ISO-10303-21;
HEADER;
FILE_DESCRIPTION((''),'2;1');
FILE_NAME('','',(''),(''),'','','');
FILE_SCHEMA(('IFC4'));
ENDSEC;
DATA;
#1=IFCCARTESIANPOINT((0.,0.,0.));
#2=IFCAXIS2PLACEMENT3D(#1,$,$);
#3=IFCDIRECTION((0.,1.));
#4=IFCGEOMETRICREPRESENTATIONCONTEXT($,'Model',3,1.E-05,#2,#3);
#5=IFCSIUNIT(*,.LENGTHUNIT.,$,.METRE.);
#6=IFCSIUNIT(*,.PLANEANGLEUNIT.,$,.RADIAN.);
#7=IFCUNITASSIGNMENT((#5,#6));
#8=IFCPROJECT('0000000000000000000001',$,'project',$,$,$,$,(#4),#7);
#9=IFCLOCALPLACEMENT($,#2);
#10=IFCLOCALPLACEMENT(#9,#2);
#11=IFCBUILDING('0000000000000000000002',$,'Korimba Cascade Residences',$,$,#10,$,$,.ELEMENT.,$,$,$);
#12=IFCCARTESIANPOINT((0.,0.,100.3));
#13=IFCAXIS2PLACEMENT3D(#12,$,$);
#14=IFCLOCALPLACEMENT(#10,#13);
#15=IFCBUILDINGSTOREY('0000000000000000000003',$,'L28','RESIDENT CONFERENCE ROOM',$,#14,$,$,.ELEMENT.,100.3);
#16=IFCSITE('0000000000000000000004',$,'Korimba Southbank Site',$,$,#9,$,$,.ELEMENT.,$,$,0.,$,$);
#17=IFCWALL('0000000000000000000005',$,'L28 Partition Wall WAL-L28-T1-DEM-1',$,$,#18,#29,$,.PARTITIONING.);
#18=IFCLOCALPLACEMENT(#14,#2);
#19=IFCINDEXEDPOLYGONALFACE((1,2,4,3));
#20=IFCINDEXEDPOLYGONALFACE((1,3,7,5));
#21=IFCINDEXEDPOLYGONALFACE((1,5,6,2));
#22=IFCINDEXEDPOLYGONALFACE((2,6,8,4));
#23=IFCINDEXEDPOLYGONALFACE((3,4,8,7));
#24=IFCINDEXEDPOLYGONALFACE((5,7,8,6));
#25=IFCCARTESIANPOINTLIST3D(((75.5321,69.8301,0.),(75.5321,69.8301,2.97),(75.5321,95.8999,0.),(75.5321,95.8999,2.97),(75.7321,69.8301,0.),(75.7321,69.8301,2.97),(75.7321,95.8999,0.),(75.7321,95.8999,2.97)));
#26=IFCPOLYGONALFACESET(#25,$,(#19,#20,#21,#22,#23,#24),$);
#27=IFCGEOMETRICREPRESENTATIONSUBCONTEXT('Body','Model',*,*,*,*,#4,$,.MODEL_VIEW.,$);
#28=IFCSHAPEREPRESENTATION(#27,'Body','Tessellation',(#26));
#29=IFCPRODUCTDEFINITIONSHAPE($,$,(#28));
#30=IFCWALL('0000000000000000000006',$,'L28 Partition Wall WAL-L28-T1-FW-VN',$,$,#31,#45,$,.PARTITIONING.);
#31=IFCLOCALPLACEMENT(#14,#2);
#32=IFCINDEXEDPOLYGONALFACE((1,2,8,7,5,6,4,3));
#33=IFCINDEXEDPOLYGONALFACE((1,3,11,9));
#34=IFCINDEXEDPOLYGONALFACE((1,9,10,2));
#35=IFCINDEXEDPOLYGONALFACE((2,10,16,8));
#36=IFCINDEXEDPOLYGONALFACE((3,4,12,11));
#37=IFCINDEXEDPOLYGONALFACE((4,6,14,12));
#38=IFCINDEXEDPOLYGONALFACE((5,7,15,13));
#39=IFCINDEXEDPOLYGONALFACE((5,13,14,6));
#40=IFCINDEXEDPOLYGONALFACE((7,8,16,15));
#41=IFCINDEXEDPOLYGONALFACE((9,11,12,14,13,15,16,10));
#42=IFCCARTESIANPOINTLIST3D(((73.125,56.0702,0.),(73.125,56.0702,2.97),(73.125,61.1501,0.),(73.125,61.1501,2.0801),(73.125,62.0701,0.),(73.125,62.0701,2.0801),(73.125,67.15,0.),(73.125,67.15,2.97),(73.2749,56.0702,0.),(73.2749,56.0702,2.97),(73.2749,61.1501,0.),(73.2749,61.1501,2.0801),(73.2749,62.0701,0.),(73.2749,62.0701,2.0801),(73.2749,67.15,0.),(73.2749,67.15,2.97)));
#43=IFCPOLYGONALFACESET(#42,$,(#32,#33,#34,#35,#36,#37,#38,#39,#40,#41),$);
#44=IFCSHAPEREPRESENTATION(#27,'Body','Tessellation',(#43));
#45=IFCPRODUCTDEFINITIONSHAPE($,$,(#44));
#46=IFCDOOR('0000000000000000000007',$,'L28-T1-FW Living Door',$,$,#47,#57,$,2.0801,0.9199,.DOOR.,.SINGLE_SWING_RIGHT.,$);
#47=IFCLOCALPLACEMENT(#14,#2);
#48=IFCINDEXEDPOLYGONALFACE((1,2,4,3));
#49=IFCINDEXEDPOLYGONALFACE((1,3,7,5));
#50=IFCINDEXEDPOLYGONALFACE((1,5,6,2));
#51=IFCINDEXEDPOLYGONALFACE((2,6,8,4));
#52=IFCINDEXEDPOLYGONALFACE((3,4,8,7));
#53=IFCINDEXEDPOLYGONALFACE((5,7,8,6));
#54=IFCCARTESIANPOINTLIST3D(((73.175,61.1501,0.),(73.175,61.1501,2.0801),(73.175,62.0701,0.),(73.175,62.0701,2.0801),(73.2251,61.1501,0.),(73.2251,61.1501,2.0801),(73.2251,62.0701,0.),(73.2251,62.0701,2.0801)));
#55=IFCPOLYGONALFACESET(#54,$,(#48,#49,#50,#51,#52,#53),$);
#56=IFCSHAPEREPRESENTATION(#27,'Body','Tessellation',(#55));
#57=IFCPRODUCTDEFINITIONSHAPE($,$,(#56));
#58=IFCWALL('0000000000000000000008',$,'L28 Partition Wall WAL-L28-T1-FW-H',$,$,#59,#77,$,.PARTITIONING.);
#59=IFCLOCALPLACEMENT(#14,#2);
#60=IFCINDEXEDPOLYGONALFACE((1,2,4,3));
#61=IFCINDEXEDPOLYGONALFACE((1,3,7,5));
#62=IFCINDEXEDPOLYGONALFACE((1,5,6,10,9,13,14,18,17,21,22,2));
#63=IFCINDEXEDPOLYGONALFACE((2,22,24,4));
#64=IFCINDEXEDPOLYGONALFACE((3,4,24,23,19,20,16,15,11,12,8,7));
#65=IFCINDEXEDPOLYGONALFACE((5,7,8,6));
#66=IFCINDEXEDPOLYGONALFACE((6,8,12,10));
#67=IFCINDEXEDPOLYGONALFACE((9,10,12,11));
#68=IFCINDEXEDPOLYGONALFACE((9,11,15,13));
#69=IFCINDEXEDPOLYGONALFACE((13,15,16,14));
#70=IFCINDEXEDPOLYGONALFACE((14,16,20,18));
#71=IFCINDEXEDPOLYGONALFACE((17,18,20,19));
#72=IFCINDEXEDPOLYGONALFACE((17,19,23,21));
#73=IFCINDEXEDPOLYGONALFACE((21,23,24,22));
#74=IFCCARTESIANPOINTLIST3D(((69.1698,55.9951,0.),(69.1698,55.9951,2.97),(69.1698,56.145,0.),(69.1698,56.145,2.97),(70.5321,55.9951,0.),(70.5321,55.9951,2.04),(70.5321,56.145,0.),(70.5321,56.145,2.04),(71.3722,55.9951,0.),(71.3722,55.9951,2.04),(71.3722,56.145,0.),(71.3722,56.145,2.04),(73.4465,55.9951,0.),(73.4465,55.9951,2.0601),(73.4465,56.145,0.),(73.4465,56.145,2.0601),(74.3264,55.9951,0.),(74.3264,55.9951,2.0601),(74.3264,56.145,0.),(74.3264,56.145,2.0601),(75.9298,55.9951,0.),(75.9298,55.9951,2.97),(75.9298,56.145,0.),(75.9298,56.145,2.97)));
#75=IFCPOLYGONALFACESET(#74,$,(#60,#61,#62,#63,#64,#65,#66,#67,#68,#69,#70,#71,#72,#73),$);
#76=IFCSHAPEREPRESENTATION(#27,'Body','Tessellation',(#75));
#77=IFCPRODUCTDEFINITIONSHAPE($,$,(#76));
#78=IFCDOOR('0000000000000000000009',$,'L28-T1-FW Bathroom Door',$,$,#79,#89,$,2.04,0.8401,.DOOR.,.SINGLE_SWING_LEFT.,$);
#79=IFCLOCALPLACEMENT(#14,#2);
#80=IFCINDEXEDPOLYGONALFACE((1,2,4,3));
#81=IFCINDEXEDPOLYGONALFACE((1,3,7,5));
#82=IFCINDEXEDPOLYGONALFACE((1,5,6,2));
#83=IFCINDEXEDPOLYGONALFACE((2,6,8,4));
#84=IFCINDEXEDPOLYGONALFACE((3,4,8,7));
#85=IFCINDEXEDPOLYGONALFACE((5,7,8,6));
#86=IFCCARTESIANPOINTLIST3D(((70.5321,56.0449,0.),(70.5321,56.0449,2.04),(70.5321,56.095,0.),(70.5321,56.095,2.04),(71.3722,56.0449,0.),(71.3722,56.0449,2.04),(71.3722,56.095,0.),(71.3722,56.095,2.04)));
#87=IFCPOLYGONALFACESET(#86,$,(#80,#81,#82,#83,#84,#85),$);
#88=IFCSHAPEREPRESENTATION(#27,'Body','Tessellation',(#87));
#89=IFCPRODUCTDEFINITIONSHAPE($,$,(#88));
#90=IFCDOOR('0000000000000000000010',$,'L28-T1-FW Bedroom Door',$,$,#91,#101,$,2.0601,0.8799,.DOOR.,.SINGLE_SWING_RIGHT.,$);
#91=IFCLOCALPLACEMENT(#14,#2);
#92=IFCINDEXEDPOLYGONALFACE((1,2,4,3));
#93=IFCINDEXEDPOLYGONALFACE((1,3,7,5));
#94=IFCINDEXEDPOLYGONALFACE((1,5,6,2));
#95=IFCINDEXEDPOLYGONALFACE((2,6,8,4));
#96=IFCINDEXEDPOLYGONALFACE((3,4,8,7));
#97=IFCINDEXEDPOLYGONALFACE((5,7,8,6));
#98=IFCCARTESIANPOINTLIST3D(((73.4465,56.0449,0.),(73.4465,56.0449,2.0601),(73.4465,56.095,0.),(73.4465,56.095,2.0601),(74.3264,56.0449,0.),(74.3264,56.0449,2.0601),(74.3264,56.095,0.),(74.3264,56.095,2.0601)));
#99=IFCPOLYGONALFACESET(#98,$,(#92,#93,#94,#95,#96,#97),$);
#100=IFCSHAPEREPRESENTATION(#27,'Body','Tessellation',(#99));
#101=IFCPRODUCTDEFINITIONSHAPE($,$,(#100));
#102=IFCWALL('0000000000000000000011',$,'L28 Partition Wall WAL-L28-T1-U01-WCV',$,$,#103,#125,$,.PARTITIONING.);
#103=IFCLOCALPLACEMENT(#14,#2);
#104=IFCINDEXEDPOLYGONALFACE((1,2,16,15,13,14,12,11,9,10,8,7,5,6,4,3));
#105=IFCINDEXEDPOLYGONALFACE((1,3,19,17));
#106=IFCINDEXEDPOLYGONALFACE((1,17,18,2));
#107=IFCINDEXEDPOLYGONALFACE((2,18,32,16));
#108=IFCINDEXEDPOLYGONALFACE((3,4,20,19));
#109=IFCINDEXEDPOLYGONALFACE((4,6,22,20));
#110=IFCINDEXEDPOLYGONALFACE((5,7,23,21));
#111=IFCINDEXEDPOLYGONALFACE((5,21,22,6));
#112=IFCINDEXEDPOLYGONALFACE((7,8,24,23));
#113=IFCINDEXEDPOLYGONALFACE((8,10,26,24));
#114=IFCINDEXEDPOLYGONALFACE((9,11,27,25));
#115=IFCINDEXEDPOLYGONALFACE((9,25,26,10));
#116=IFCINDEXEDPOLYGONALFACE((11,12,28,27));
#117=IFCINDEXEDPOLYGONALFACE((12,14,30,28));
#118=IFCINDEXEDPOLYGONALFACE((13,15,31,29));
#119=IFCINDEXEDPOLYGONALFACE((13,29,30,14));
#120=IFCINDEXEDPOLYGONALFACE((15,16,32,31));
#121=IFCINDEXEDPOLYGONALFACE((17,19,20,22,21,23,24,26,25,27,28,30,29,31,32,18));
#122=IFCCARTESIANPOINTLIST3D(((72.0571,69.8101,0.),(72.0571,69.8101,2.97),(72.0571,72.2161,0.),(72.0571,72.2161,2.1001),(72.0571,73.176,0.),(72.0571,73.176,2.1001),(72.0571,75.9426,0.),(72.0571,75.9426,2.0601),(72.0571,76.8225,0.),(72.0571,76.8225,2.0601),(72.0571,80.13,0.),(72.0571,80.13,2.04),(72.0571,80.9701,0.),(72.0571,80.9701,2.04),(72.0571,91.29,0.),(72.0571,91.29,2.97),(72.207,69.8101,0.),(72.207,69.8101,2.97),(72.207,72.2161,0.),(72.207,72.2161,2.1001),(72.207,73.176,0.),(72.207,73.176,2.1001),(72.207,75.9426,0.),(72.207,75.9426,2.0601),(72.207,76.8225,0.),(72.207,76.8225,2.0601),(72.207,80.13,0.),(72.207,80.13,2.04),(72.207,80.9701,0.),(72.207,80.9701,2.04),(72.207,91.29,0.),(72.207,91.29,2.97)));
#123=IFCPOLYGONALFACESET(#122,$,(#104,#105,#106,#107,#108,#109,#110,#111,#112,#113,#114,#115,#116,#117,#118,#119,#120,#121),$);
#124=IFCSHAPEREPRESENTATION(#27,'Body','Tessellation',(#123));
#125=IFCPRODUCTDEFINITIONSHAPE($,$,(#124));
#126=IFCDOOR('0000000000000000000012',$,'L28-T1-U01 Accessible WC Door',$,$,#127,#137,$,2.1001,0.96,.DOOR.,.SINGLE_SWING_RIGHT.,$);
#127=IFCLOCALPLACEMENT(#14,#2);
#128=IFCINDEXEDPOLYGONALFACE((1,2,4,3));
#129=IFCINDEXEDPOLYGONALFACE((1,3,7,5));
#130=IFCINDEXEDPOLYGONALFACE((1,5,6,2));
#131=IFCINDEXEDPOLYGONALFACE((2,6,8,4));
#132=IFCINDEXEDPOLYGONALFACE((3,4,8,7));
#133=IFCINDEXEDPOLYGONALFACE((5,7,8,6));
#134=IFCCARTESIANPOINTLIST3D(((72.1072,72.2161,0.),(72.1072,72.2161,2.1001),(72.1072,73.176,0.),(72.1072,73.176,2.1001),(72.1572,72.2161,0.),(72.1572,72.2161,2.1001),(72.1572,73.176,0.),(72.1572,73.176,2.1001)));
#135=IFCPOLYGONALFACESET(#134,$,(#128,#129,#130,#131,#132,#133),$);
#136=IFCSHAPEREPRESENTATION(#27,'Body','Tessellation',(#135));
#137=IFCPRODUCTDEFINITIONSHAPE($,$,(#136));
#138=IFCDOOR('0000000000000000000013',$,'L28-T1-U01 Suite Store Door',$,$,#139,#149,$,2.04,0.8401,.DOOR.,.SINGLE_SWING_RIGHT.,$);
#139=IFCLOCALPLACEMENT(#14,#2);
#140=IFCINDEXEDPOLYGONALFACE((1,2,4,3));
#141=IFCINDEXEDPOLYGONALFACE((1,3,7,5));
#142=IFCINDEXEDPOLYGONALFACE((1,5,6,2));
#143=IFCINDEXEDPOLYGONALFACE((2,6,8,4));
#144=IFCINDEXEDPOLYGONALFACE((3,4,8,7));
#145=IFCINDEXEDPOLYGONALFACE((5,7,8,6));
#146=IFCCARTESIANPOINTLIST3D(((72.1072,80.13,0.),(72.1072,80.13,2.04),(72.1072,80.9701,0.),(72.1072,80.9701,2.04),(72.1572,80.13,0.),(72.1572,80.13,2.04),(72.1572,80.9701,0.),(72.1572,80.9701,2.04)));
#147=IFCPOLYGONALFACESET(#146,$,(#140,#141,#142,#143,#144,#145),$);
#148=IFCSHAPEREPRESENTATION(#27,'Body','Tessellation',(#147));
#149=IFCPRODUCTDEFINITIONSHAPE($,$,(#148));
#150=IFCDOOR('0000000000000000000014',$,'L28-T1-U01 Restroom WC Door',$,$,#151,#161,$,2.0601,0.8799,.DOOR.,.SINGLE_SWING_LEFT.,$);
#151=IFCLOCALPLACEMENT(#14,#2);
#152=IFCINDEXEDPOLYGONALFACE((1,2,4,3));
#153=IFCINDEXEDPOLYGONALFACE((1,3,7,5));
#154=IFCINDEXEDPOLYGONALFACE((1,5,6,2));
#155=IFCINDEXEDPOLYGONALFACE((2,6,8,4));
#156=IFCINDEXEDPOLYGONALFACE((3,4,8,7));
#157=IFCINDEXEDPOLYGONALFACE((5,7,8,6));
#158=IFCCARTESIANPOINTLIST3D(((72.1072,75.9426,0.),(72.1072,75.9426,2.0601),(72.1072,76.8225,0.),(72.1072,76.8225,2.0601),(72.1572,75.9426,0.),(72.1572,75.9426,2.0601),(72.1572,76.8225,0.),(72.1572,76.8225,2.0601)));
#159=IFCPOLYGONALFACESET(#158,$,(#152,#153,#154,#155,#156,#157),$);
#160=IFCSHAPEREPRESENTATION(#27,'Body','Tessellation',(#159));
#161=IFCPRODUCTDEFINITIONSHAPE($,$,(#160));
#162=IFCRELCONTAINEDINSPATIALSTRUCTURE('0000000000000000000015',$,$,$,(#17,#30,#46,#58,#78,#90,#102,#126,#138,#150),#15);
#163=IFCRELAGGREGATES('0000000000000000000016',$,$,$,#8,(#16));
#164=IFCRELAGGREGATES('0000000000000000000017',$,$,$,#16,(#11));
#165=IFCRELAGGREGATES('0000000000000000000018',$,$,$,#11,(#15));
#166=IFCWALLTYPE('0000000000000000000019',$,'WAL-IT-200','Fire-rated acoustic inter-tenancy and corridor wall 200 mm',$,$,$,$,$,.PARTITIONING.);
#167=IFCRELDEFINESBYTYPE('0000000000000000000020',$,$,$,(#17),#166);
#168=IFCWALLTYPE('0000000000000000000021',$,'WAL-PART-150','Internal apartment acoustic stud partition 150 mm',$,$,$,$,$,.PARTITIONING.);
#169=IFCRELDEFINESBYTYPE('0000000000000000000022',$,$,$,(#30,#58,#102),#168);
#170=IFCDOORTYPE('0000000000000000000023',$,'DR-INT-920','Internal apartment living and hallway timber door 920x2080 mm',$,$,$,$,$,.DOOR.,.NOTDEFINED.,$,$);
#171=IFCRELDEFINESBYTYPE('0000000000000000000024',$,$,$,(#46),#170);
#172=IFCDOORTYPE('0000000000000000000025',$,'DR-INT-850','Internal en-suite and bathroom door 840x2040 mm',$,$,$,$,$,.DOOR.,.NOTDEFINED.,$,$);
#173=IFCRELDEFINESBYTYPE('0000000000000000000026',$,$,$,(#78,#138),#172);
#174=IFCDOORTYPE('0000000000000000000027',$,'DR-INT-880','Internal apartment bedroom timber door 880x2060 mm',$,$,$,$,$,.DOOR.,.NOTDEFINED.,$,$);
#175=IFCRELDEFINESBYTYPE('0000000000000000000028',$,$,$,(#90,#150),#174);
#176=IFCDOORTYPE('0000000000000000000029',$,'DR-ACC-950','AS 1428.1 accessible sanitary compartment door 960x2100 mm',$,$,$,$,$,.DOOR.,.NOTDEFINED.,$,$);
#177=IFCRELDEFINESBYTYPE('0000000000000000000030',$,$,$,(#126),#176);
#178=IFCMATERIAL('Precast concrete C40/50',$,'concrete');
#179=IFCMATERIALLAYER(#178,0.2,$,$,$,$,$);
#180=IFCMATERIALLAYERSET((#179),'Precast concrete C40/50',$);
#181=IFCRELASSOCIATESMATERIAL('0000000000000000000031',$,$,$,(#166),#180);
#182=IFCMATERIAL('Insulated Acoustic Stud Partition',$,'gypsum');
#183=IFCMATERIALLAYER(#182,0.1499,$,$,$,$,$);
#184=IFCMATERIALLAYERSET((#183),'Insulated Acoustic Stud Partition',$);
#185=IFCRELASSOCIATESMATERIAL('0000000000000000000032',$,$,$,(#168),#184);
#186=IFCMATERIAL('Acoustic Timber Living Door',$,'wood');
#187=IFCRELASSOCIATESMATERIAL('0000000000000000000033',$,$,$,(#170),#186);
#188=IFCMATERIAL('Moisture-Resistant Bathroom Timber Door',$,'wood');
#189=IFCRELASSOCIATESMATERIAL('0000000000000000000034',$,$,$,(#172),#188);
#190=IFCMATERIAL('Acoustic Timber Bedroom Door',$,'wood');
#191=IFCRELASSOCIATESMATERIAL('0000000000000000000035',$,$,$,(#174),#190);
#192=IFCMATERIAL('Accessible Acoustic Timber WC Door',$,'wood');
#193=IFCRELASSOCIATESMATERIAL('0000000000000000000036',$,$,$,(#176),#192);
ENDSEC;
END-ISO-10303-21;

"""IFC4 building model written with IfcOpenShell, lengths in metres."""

from ifc_helpers import new_model, si_unit, direction, frame, frame_2d, origin, place, context, subcontext, project, spatial, rectangle, extrude, material, layer, layer_set, type_object, element, fill, save


model = new_model("IFC4")

# Units and contexts
model_context = context("Model", 3, precision=1e-05, world=origin(), true_north=direction((0.0, 1.0)))
body_context = subcontext(model_context, "Body", "Model", "MODEL_VIEW")
ifc_project = project(units=[si_unit("LENGTHUNIT", "METRE"), si_unit("PLANEANGLEUNIT", "RADIAN")], contexts=[model_context])

# Site, building, storey
site_placement = place(None, origin())
site = spatial("IfcSite", under=ifc_project, at=site_placement, Name="Korimba Southbank Site", CompositionType="ELEMENT", RefElevation=0.0)
building_placement = place(site_placement, origin())
building = spatial("IfcBuilding", under=site, at=building_placement, Name="Korimba Cascade Residences", CompositionType="ELEMENT")
storey_placement = place(building_placement, frame((0.0, 0.0, 100.3)))
storey = spatial("IfcBuildingStorey", under=building, at=storey_placement, Name="L28", Description="RESIDENT CONFERENCE ROOM", CompositionType="ELEMENT", Elevation=100.3)

# Wall
ifc_material_1 = material(Name="Precast concrete C40/50", Category="concrete")
ifc_layer_1 = layer(ifc_material_1, 0.2)
ifc_layer_set_1 = layer_set([ifc_layer_1], Name="Precast concrete C40/50")
wall_type_1 = type_object("IfcWallType", Name="WAL-IT-200", Description="Fire-rated acoustic inter-tenancy and corridor wall 200 mm", PredefinedType="PARTITIONING", material=ifc_layer_set_1)
wall_1_placement = place(storey_placement, frame((75.6321, 69.8301, 0.0), z_axis=(0.0, 0.0, 1.0), x_axis=(0.0, 1.0, 0.0)))
element("IfcWall", 1, at=wall_1_placement, inside=storey, type_object=wall_type_1, Name="L28 Partition Wall WAL-L28-T1-DEM-1", PredefinedType="PARTITIONING", context=body_context, shape_type="SweptSolid", body=[
    extrude(rectangle(XDim=26.0698, YDim=0.2, at=frame_2d((13.0349, 0.0))), origin(), (0.0, 0.0, 1.0), 2.97),
])

# Wall, opening, door
ifc_material_2 = material(Name="Insulated Acoustic Stud Partition", Category="gypsum")
ifc_layer_2 = layer(ifc_material_2, 0.1499)
ifc_layer_set_2 = layer_set([ifc_layer_2], Name="Insulated Acoustic Stud Partition")
wall_type_2 = type_object("IfcWallType", Name="WAL-PART-150", Description="Internal apartment acoustic stud partition 150 mm", PredefinedType="PARTITIONING", material=ifc_layer_set_2)
wall_2_placement = place(storey_placement, frame((73.2, 56.0701, 0.0), z_axis=(0.0, 0.0, 1.0), x_axis=(0.0, 1.0, 0.0)))
wall_2 = element("IfcWall", 2, at=wall_2_placement, inside=storey, type_object=wall_type_2, Name="L28 Partition Wall WAL-L28-T1-FW-VN", PredefinedType="PARTITIONING", context=body_context, shape_type="SweptSolid", body=[
    extrude(rectangle(XDim=11.0798, YDim=0.1499, at=frame_2d((5.54, 0.0))), origin(), (0.0, 0.0, 1.0), 2.97),
])
opening_1_placement = place(wall_2_placement, frame((5.0801, 0.0, 0.0)))
opening_1 = element("IfcOpeningElement", 3, at=opening_1_placement, cuts=wall_2, PredefinedType="OPENING", context=body_context, shape_type="SweptSolid", body=[
    extrude(rectangle(XDim=0.9199, YDim=2.0801, at=frame_2d((0.46, 1.04))), frame((0.0, 0.085, 0.0), z_axis=(0.0, -1.0, 0.0), x_axis=(1.0, 0.0, 0.0)), (0.0, 0.0, 1.0), 0.1699),
])
ifc_material_3 = material(Name="Acoustic Timber Living Door", Category="wood")
door_type_1 = type_object("IfcDoorType", Name="DR-INT-920", Description="Internal apartment living and hallway timber door 920x2080 mm", OperationType="NOTDEFINED", PredefinedType="DOOR", material=ifc_material_3)
door_1_placement = place(opening_1_placement, origin())
door_1 = element("IfcDoor", 4, at=door_1_placement, inside=storey, type_object=door_type_1, Name="L28-T1-FW Living Door", OperationType="SINGLE_SWING_RIGHT", OverallHeight=2.0801, OverallWidth=0.9199, PredefinedType="DOOR", context=body_context, shape_type="SweptSolid", body=[
    extrude(rectangle(XDim=0.9199, YDim=2.0801, at=frame_2d((0.46, 1.04))), frame((0.0, 0.0249, 0.0), z_axis=(0.0, -1.0, 0.0), x_axis=(1.0, 0.0, 0.0)), (0.0, 0.0, 1.0), 0.05),
])
fill(opening_1, door_1)

# Walls, openings, doors
wall_3_placement = place(storey_placement, frame((69.1699, 56.0701, 0.0), z_axis=(0.0, 0.0, 1.0), x_axis=(1.0, 0.0, 0.0)))
wall_3 = element("IfcWall", 5, at=wall_3_placement, inside=storey, type_object=wall_type_2, Name="L28 Partition Wall WAL-L28-T1-FW-H", PredefinedType="PARTITIONING", context=body_context, shape_type="SweptSolid", body=[
    extrude(rectangle(XDim=6.76, YDim=0.1499, at=frame_2d((3.3799, 0.0))), origin(), (0.0, 0.0, 1.0), 2.97),
])
opening_2_placement = place(wall_3_placement, frame((1.3623, 0.0, 0.0)))
opening_2 = element("IfcOpeningElement", 6, at=opening_2_placement, cuts=wall_3, PredefinedType="OPENING", context=body_context, shape_type="SweptSolid", body=[
    extrude(rectangle(XDim=0.8401, YDim=2.04, at=frame_2d((0.4199, 1.02))), frame((0.0, 0.085, 0.0), z_axis=(0.0, -1.0, 0.0), x_axis=(1.0, 0.0, 0.0)), (0.0, 0.0, 1.0), 0.1699),
])
opening_3_placement = place(wall_3_placement, frame((4.2766, 0.0, 0.0)))
opening_3 = element("IfcOpeningElement", 7, at=opening_3_placement, cuts=wall_3, PredefinedType="OPENING", context=body_context, shape_type="SweptSolid", body=[
    extrude(rectangle(XDim=0.8799, YDim=2.0601, at=frame_2d((0.4399, 1.03))), frame((0.0, 0.085, 0.0), z_axis=(0.0, -1.0, 0.0), x_axis=(1.0, 0.0, 0.0)), (0.0, 0.0, 1.0), 0.1699),
])
ifc_material_4 = material(Name="Moisture-Resistant Bathroom Timber Door", Category="wood")
door_type_2 = type_object("IfcDoorType", Name="DR-INT-850", Description="Internal en-suite and bathroom door 840x2040 mm", OperationType="NOTDEFINED", PredefinedType="DOOR", material=ifc_material_4)
door_2_placement = place(opening_2_placement, origin())
door_2 = element("IfcDoor", 8, at=door_2_placement, inside=storey, type_object=door_type_2, Name="L28-T1-FW Bathroom Door", OperationType="SINGLE_SWING_LEFT", OverallHeight=2.04, OverallWidth=0.8401, PredefinedType="DOOR", context=body_context, shape_type="SweptSolid", body=[
    extrude(rectangle(XDim=0.8401, YDim=2.04, at=frame_2d((0.4199, 1.02))), frame((0.0, 0.0249, 0.0), z_axis=(0.0, -1.0, 0.0), x_axis=(1.0, 0.0, 0.0)), (0.0, 0.0, 1.0), 0.05),
])
fill(opening_2, door_2)
ifc_material_5 = material(Name="Acoustic Timber Bedroom Door", Category="wood")
door_type_3 = type_object("IfcDoorType", Name="DR-INT-880", Description="Internal apartment bedroom timber door 880x2060 mm", OperationType="NOTDEFINED", PredefinedType="DOOR", material=ifc_material_5)
door_3_placement = place(opening_3_placement, origin())
door_3 = element("IfcDoor", 9, at=door_3_placement, inside=storey, type_object=door_type_3, Name="L28-T1-FW Bedroom Door", OperationType="SINGLE_SWING_RIGHT", OverallHeight=2.0601, OverallWidth=0.8799, PredefinedType="DOOR", context=body_context, shape_type="SweptSolid", body=[
    extrude(rectangle(XDim=0.8799, YDim=2.0601, at=frame_2d((0.4399, 1.03))), frame((0.0, 0.0249, 0.0), z_axis=(0.0, -1.0, 0.0), x_axis=(1.0, 0.0, 0.0)), (0.0, 0.0, 1.0), 0.05),
])
fill(opening_3, door_3)
wall_4_placement = place(storey_placement, frame((72.1321, 69.8101, 0.0), z_axis=(0.0, 0.0, 1.0), x_axis=(0.0, 1.0, 0.0)))
wall_4 = element("IfcWall", 10, at=wall_4_placement, inside=storey, type_object=wall_type_2, Name="L28 Partition Wall WAL-L28-T1-U01-WCV", PredefinedType="PARTITIONING", context=body_context, shape_type="SweptSolid", body=[
    extrude(rectangle(XDim=21.48, YDim=0.1499, at=frame_2d((10.74, 0.0))), origin(), (0.0, 0.0, 1.0), 2.97),
])
opening_4_placement = place(wall_4_placement, frame((2.406, 0.0, 0.0)))
opening_4 = element("IfcOpeningElement", 11, at=opening_4_placement, cuts=wall_4, PredefinedType="OPENING", context=body_context, shape_type="SweptSolid", body=[
    extrude(rectangle(XDim=0.96, YDim=2.1001, at=frame_2d((0.48, 1.05))), frame((0.0, 0.085, 0.0), z_axis=(0.0, -1.0, 0.0), x_axis=(1.0, 0.0, 0.0)), (0.0, 0.0, 1.0), 0.1699),
])
opening_5_placement = place(wall_4_placement, frame((6.1326, 0.0, 0.0)))
opening_5 = element("IfcOpeningElement", 12, at=opening_5_placement, cuts=wall_4, PredefinedType="OPENING", context=body_context, shape_type="SweptSolid", body=[
    extrude(rectangle(XDim=0.8799, YDim=2.0601, at=frame_2d((0.4399, 1.03))), frame((0.0, 0.085, 0.0), z_axis=(0.0, -1.0, 0.0), x_axis=(1.0, 0.0, 0.0)), (0.0, 0.0, 1.0), 0.1699),
])
opening_6_placement = place(wall_4_placement, frame((10.3201, 0.0, 0.0)))
opening_6 = element("IfcOpeningElement", 13, at=opening_6_placement, cuts=wall_4, PredefinedType="OPENING", context=body_context, shape_type="SweptSolid", body=[
    extrude(rectangle(XDim=0.8401, YDim=2.04, at=frame_2d((0.4199, 1.02))), frame((0.0, 0.085, 0.0), z_axis=(0.0, -1.0, 0.0), x_axis=(1.0, 0.0, 0.0)), (0.0, 0.0, 1.0), 0.1699),
])
ifc_material_6 = material(Name="Accessible Acoustic Timber WC Door", Category="wood")
door_type_4 = type_object("IfcDoorType", Name="DR-ACC-950", Description="AS 1428.1 accessible sanitary compartment door 960x2100 mm", OperationType="NOTDEFINED", PredefinedType="DOOR", material=ifc_material_6)
door_4_placement = place(opening_4_placement, origin())
door_4 = element("IfcDoor", 14, at=door_4_placement, inside=storey, type_object=door_type_4, Name="L28-T1-U01 Accessible WC Door", OperationType="SINGLE_SWING_RIGHT", OverallHeight=2.1001, OverallWidth=0.96, PredefinedType="DOOR", context=body_context, shape_type="SweptSolid", body=[
    extrude(rectangle(XDim=0.96, YDim=2.1001, at=frame_2d((0.48, 1.05))), frame((0.0, 0.0249, 0.0), z_axis=(0.0, -1.0, 0.0), x_axis=(1.0, 0.0, 0.0)), (0.0, 0.0, 1.0), 0.05),
])
fill(opening_4, door_4)
door_5_placement = place(opening_6_placement, origin())
door_5 = element("IfcDoor", 15, at=door_5_placement, inside=storey, type_object=door_type_2, Name="L28-T1-U01 Suite Store Door", OperationType="SINGLE_SWING_RIGHT", OverallHeight=2.04, OverallWidth=0.8401, PredefinedType="DOOR", context=body_context, shape_type="SweptSolid", body=[
    extrude(rectangle(XDim=0.8401, YDim=2.04, at=frame_2d((0.4199, 1.02))), frame((0.0, 0.0249, 0.0), z_axis=(0.0, -1.0, 0.0), x_axis=(1.0, 0.0, 0.0)), (0.0, 0.0, 1.0), 0.05),
])
fill(opening_6, door_5)
door_6_placement = place(opening_5_placement, origin())
door_6 = element("IfcDoor", 16, at=door_6_placement, inside=storey, type_object=door_type_3, Name="L28-T1-U01 Restroom WC Door", OperationType="SINGLE_SWING_LEFT", OverallHeight=2.0601, OverallWidth=0.8799, PredefinedType="DOOR", context=body_context, shape_type="SweptSolid", body=[
    extrude(rectangle(XDim=0.8799, YDim=2.0601, at=frame_2d((0.4399, 1.03))), frame((0.0, 0.0249, 0.0), z_axis=(0.0, -1.0, 0.0), x_axis=(1.0, 0.0, 0.0)), (0.0, 0.0, 1.0), 0.05),
])
fill(opening_5, door_6)

save(model, "model.ifc")
